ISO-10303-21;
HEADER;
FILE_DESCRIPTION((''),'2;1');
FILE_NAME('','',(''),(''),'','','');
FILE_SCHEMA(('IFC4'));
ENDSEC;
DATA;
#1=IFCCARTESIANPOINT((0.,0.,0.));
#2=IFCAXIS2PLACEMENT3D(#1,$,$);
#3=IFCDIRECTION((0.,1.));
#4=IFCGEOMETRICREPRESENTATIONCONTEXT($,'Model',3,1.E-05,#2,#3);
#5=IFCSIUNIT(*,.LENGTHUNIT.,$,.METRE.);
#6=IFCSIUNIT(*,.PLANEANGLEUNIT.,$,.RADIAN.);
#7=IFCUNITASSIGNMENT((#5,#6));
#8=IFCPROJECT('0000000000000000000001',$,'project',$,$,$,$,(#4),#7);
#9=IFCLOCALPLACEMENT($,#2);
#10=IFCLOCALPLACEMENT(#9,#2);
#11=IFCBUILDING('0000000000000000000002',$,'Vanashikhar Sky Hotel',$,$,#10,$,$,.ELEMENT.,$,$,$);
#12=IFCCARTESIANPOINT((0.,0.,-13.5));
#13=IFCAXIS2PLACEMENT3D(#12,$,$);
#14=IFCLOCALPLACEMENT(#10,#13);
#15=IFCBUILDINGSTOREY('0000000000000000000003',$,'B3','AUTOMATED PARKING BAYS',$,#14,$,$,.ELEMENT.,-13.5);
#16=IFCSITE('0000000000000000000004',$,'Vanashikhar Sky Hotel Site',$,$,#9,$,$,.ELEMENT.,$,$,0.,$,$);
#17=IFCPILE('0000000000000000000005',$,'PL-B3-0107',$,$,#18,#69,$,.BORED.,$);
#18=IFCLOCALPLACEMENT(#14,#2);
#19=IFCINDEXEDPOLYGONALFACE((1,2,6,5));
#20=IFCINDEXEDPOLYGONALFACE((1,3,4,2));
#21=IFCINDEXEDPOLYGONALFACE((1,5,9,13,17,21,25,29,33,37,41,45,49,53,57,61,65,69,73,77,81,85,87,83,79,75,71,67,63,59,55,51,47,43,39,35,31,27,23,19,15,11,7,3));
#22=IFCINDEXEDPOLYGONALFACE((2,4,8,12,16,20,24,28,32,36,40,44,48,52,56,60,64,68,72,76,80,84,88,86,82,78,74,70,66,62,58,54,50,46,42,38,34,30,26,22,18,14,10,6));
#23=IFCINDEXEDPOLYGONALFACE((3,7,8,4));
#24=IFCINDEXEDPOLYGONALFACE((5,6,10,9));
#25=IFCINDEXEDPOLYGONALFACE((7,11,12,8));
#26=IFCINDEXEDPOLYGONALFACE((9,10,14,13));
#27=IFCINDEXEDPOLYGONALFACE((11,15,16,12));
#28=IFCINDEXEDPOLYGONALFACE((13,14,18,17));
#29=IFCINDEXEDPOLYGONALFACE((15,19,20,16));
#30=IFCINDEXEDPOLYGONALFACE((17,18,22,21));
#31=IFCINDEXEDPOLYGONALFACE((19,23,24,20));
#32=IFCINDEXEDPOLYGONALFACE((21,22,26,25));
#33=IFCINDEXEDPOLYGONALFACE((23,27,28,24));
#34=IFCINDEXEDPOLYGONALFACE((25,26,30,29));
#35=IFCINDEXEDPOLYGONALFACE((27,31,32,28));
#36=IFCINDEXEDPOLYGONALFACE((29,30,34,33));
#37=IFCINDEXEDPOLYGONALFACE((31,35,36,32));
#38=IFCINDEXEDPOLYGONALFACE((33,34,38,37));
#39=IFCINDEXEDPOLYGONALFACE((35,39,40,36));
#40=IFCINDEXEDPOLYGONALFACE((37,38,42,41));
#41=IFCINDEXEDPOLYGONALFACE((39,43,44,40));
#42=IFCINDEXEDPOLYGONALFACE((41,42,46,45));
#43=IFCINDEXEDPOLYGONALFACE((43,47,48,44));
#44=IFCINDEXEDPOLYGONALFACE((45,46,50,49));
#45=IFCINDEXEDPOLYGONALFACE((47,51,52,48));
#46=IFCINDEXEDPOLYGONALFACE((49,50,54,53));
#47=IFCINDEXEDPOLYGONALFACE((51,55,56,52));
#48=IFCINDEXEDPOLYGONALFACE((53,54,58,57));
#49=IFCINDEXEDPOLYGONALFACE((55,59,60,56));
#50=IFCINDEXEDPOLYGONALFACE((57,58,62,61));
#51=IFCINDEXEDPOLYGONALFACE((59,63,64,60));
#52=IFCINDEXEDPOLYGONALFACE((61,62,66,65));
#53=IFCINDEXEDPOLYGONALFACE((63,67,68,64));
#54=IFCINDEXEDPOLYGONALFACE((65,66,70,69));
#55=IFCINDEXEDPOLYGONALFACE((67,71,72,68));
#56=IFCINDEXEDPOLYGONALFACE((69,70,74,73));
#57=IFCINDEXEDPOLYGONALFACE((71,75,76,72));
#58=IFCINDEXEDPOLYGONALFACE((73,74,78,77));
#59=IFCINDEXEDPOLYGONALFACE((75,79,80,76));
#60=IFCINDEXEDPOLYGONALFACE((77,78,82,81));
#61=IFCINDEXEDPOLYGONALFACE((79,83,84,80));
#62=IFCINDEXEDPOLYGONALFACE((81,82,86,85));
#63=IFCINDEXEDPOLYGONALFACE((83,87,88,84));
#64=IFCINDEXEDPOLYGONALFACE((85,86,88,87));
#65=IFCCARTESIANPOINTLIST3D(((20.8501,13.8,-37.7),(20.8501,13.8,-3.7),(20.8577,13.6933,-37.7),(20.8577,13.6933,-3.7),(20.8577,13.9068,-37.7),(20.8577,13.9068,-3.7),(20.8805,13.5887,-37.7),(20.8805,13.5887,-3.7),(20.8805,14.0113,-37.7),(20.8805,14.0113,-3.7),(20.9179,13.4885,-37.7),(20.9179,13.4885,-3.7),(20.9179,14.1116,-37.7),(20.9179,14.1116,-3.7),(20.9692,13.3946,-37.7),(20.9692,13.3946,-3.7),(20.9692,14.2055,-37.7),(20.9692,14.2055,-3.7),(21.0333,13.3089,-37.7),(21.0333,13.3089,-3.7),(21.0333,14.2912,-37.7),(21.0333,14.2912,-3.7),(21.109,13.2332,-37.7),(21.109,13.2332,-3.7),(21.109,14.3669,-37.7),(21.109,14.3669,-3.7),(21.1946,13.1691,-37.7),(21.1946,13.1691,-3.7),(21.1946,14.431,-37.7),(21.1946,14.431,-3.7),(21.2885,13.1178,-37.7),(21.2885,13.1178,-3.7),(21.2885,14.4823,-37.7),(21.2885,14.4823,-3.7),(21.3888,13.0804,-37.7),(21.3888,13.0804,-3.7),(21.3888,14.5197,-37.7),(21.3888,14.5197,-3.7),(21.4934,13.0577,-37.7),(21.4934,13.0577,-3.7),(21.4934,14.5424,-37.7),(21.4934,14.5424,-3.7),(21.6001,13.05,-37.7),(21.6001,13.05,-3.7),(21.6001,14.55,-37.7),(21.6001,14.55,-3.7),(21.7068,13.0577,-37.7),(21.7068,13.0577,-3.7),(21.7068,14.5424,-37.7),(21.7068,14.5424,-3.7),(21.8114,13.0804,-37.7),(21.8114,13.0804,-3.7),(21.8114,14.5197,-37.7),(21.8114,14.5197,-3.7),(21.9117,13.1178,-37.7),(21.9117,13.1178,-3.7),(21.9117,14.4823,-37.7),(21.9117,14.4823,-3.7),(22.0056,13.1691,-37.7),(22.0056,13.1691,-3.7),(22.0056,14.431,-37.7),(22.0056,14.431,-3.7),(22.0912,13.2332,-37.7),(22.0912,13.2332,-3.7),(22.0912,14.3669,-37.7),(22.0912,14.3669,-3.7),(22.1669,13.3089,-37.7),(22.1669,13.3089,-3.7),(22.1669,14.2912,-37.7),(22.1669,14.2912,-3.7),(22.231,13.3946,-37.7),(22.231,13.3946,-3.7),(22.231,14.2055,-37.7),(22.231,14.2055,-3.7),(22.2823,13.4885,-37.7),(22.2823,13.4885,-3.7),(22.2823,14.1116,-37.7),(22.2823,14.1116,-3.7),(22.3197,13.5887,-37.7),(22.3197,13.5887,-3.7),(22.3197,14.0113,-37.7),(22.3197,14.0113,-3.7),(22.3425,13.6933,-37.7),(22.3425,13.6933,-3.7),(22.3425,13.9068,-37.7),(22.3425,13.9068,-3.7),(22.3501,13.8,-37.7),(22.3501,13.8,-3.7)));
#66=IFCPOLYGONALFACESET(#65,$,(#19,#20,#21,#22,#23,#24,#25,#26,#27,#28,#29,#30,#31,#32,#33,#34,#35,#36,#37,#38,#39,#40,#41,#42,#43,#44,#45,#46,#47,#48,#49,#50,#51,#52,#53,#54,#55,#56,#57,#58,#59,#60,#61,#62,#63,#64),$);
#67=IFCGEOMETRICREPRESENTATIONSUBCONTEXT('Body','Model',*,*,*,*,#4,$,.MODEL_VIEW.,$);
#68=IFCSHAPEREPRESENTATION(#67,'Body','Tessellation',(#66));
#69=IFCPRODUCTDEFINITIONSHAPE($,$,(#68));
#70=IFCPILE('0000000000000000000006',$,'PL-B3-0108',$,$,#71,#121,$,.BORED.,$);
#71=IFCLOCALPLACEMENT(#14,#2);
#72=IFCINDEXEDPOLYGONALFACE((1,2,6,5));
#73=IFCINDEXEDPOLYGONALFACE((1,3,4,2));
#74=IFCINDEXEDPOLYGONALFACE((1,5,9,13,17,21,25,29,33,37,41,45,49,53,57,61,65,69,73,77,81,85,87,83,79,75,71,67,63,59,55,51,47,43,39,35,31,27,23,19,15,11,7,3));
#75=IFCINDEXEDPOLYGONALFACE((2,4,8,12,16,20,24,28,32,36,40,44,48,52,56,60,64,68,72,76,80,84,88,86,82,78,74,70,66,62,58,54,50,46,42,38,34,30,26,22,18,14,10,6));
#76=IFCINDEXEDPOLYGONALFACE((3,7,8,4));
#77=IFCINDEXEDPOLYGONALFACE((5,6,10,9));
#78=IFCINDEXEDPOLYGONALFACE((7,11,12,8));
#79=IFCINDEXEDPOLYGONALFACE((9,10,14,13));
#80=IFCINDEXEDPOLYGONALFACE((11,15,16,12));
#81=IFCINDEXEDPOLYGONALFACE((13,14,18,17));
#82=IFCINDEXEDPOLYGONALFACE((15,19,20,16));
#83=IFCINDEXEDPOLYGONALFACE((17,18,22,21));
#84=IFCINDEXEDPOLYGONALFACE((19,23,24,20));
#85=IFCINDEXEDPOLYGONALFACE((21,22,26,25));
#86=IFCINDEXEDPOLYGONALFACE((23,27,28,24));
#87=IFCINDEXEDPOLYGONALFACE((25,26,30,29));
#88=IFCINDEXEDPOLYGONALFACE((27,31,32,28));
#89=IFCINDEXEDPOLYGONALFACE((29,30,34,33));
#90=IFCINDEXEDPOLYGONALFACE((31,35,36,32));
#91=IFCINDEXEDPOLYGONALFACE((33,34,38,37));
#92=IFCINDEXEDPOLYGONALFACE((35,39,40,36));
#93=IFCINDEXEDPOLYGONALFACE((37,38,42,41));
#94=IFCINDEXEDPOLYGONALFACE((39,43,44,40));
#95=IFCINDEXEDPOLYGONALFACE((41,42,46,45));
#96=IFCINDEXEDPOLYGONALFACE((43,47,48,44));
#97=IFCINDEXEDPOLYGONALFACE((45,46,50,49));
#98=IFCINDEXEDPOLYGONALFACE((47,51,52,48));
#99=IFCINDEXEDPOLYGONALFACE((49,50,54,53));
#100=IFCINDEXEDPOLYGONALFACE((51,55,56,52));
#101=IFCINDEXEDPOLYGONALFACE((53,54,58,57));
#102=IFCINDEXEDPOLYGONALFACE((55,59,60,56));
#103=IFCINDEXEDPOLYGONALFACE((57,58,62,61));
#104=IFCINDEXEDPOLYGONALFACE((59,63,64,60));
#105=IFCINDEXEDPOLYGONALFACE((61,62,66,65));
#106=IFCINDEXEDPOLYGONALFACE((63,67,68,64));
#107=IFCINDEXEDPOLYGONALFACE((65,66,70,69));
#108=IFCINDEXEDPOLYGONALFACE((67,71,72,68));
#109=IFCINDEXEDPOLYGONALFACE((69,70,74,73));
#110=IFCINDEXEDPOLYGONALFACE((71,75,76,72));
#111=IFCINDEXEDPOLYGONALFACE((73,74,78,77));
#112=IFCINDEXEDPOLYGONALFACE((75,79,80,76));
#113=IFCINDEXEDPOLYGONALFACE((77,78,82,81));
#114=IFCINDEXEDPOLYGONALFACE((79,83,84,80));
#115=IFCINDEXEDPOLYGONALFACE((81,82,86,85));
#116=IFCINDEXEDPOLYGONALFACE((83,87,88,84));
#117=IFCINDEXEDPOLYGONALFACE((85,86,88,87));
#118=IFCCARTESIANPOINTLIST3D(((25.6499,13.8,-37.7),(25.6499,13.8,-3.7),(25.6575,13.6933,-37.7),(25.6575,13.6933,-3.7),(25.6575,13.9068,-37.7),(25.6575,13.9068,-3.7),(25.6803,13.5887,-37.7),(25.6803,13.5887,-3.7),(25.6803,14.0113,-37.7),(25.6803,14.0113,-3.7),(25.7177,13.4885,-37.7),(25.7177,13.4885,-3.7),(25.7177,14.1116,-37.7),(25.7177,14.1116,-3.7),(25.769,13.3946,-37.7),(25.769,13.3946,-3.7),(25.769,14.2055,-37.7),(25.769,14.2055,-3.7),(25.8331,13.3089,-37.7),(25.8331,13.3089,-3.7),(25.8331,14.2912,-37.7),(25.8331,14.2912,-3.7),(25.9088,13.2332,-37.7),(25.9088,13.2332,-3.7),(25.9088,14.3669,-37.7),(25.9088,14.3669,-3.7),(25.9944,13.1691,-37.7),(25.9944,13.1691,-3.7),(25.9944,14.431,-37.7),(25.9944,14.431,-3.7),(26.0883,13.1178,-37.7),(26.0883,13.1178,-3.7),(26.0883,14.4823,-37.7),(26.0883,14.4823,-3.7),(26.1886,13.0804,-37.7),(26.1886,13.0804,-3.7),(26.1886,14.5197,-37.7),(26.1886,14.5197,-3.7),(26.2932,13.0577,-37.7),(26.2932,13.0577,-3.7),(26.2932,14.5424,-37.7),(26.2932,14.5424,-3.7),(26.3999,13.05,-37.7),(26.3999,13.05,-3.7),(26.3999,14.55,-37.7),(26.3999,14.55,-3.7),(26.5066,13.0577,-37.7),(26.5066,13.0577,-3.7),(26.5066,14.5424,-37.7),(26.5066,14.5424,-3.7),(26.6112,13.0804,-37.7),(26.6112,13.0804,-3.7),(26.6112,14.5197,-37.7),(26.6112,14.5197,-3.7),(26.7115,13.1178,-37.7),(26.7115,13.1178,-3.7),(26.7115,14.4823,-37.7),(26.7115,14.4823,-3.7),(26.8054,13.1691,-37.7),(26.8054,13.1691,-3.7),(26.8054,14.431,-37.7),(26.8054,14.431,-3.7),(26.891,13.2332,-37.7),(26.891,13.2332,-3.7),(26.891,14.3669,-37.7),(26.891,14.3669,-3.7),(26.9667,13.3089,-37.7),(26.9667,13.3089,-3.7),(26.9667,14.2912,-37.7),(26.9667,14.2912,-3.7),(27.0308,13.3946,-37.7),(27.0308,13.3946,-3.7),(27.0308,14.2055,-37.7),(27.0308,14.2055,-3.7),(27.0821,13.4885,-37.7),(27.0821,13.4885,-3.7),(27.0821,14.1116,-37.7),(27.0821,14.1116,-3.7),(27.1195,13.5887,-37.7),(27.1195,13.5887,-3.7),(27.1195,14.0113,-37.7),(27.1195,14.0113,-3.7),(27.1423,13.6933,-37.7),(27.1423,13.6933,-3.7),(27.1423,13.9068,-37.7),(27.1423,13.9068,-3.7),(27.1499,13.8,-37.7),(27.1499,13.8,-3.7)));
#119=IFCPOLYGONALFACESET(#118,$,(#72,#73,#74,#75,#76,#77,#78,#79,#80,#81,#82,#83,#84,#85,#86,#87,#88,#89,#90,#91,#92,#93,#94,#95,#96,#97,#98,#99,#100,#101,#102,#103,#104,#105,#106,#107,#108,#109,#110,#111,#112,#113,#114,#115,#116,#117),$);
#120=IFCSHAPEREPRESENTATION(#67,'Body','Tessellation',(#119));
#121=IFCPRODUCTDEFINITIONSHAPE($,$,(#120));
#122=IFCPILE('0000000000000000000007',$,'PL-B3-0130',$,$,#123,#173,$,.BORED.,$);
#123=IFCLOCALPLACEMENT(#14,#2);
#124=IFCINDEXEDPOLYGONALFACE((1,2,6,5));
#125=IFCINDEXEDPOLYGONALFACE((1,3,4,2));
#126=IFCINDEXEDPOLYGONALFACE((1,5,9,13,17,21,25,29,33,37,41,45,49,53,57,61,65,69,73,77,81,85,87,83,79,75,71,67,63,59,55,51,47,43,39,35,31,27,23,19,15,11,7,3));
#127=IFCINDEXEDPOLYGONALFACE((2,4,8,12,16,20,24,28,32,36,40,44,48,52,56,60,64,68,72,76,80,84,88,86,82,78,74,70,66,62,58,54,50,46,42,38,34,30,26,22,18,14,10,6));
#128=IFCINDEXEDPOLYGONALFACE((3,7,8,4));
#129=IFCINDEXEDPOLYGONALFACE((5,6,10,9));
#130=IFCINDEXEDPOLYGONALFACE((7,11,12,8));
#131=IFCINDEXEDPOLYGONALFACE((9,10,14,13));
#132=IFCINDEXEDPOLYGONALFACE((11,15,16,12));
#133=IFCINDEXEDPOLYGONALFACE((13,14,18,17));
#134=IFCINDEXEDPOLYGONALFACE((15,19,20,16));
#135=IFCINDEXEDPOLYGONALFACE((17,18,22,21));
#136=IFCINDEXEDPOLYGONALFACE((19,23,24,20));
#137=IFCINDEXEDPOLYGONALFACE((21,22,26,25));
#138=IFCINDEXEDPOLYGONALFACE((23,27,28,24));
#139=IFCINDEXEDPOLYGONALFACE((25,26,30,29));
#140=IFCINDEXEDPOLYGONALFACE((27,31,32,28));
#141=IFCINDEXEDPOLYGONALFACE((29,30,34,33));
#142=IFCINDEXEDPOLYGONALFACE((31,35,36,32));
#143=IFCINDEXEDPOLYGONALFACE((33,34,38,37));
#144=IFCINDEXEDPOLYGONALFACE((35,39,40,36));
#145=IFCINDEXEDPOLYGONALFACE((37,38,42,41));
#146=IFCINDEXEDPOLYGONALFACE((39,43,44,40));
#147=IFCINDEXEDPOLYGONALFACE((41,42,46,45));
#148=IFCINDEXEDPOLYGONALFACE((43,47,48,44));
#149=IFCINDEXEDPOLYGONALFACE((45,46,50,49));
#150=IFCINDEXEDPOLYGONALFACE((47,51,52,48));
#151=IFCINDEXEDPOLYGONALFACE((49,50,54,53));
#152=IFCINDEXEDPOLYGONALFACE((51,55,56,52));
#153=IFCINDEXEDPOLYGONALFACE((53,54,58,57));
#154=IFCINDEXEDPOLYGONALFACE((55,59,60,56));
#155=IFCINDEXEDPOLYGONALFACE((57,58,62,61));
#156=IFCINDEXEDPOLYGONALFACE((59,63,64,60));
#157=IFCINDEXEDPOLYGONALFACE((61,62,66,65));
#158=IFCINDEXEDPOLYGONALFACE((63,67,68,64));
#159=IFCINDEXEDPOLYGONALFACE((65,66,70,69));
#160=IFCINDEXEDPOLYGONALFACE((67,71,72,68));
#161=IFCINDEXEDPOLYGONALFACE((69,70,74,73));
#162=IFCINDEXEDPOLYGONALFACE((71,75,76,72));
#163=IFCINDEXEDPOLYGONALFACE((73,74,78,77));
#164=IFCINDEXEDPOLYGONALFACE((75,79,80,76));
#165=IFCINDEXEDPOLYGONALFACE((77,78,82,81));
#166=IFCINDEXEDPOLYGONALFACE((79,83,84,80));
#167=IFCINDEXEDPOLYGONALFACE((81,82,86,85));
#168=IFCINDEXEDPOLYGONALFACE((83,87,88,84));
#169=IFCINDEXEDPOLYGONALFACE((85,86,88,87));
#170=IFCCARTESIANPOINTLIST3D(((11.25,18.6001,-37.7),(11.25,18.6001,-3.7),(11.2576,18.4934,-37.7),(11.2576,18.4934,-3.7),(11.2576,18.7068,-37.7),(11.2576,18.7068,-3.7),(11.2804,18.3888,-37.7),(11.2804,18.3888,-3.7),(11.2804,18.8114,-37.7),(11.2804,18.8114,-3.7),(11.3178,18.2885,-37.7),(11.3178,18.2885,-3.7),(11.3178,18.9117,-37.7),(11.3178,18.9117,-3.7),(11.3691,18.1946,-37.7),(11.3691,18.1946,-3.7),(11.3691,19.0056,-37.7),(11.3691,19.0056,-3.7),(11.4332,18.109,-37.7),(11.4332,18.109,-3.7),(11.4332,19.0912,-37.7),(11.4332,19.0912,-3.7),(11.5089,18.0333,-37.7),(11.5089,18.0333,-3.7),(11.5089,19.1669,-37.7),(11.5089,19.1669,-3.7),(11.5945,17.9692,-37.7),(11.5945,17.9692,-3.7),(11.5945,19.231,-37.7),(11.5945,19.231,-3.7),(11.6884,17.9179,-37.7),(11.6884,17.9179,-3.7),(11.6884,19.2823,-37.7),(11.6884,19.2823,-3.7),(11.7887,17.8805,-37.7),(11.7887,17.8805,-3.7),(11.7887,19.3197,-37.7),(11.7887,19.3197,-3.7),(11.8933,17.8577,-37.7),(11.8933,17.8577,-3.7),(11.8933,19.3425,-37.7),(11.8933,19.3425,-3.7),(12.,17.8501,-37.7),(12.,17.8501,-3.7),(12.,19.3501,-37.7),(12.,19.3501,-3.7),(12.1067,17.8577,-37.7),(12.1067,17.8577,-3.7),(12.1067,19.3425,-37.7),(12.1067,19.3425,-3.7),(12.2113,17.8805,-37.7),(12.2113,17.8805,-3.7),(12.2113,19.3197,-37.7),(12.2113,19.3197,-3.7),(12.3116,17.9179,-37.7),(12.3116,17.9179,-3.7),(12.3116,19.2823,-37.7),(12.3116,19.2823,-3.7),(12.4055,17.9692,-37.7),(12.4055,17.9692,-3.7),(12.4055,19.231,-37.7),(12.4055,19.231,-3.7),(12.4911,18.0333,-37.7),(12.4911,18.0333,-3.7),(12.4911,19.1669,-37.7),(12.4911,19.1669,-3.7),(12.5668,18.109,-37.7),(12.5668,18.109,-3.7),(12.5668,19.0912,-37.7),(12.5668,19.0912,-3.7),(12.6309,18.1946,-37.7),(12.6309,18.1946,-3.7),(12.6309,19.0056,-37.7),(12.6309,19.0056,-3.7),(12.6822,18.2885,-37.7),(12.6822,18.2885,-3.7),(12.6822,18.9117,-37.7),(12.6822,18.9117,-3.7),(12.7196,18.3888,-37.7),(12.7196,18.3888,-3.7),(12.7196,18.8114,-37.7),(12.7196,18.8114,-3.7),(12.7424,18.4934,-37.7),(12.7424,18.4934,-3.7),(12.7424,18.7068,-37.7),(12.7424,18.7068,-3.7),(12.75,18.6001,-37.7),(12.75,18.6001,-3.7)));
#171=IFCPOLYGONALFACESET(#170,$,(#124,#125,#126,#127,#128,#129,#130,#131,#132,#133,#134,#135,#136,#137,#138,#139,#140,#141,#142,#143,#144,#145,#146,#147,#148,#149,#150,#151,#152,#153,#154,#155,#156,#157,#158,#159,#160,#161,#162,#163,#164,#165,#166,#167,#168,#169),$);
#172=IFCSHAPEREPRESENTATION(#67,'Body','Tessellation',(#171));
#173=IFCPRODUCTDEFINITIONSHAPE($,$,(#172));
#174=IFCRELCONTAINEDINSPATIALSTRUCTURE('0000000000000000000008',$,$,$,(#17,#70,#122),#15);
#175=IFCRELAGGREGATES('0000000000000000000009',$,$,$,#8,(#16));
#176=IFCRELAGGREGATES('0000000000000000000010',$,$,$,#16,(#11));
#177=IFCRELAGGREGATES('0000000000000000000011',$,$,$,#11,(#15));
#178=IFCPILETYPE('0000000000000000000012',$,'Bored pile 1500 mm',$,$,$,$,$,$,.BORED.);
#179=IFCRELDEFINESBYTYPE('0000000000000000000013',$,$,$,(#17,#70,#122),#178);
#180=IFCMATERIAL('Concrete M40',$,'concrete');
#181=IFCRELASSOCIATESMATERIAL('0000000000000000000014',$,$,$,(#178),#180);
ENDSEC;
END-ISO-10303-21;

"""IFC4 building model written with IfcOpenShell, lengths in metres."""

from ifc_helpers import new_model, si_unit, direction, frame, origin, origin_2d, place, context, subcontext, project, spatial, circle, extrude, source, transform, mapped, material, type_object, element, save


model = new_model("IFC4")

# Units and contexts
model_context = context("Model", 3, precision=1e-05, world=origin(), true_north=direction((0.0, 1.0)))
body_context = subcontext(model_context, "Body", "Model", "MODEL_VIEW")
ifc_project = project(units=[si_unit("LENGTHUNIT", "METRE"), si_unit("PLANEANGLEUNIT", "RADIAN")], contexts=[model_context])

# Site, building, storey
site_placement = place(None, origin())
site = spatial("IfcSite", under=ifc_project, at=site_placement, Name="Vanashikhar Sky Hotel Site", CompositionType="ELEMENT", RefElevation=0.0)
building_placement = place(site_placement, origin())
building = spatial("IfcBuilding", under=site, at=building_placement, Name="Vanashikhar Sky Hotel", CompositionType="ELEMENT")
storey_placement = place(building_placement, frame((0.0, 0.0, -13.5)))
storey = spatial("IfcBuildingStorey", under=building, at=storey_placement, Name="B3", Description="AUTOMATED PARKING BAYS", CompositionType="ELEMENT", Elevation=-13.5)

# Piles
ifc_material_1 = material(Name="Concrete M40", Category="concrete")
pile_type = type_object("IfcPileType", Name="Bored pile 1500 mm", PredefinedType="BORED", material=ifc_material_1)
shared_shape_1 = source(origin(), body_context, "Body", "SweptSolid", [
    extrude(circle(Radius=0.75, at=origin_2d()), origin(), (0.0, 0.0, 1.0), 34.0),
])
for number, where, z_axis, x_axis, name in (
    (1, (21.6001, 13.8, -3.7), (0.0, 0.0, -1.0), (1.0, 0.0, 0.0), "PL-B3-0107"),
    (2, (26.3999, 13.8, -3.7), (0.0, 0.0, -1.0), (1.0, 0.0, 0.0), "PL-B3-0108"),
    (3, (12.0, 18.6001, -3.7), (0.0, 0.0, -1.0), (1.0, 0.0, 0.0), "PL-B3-0130"),
):
    element("IfcPile", number, at=place(storey_placement, frame(where, z_axis=z_axis, x_axis=x_axis)), inside=storey, type_object=pile_type, Name=name, PredefinedType="BORED", context=body_context, shape_type="MappedRepresentation", body=[
        mapped(shared_shape_1, transform((0.0, 0.0, 0.0), scale=1.0)),
    ])

save(model, "model.ifc")
